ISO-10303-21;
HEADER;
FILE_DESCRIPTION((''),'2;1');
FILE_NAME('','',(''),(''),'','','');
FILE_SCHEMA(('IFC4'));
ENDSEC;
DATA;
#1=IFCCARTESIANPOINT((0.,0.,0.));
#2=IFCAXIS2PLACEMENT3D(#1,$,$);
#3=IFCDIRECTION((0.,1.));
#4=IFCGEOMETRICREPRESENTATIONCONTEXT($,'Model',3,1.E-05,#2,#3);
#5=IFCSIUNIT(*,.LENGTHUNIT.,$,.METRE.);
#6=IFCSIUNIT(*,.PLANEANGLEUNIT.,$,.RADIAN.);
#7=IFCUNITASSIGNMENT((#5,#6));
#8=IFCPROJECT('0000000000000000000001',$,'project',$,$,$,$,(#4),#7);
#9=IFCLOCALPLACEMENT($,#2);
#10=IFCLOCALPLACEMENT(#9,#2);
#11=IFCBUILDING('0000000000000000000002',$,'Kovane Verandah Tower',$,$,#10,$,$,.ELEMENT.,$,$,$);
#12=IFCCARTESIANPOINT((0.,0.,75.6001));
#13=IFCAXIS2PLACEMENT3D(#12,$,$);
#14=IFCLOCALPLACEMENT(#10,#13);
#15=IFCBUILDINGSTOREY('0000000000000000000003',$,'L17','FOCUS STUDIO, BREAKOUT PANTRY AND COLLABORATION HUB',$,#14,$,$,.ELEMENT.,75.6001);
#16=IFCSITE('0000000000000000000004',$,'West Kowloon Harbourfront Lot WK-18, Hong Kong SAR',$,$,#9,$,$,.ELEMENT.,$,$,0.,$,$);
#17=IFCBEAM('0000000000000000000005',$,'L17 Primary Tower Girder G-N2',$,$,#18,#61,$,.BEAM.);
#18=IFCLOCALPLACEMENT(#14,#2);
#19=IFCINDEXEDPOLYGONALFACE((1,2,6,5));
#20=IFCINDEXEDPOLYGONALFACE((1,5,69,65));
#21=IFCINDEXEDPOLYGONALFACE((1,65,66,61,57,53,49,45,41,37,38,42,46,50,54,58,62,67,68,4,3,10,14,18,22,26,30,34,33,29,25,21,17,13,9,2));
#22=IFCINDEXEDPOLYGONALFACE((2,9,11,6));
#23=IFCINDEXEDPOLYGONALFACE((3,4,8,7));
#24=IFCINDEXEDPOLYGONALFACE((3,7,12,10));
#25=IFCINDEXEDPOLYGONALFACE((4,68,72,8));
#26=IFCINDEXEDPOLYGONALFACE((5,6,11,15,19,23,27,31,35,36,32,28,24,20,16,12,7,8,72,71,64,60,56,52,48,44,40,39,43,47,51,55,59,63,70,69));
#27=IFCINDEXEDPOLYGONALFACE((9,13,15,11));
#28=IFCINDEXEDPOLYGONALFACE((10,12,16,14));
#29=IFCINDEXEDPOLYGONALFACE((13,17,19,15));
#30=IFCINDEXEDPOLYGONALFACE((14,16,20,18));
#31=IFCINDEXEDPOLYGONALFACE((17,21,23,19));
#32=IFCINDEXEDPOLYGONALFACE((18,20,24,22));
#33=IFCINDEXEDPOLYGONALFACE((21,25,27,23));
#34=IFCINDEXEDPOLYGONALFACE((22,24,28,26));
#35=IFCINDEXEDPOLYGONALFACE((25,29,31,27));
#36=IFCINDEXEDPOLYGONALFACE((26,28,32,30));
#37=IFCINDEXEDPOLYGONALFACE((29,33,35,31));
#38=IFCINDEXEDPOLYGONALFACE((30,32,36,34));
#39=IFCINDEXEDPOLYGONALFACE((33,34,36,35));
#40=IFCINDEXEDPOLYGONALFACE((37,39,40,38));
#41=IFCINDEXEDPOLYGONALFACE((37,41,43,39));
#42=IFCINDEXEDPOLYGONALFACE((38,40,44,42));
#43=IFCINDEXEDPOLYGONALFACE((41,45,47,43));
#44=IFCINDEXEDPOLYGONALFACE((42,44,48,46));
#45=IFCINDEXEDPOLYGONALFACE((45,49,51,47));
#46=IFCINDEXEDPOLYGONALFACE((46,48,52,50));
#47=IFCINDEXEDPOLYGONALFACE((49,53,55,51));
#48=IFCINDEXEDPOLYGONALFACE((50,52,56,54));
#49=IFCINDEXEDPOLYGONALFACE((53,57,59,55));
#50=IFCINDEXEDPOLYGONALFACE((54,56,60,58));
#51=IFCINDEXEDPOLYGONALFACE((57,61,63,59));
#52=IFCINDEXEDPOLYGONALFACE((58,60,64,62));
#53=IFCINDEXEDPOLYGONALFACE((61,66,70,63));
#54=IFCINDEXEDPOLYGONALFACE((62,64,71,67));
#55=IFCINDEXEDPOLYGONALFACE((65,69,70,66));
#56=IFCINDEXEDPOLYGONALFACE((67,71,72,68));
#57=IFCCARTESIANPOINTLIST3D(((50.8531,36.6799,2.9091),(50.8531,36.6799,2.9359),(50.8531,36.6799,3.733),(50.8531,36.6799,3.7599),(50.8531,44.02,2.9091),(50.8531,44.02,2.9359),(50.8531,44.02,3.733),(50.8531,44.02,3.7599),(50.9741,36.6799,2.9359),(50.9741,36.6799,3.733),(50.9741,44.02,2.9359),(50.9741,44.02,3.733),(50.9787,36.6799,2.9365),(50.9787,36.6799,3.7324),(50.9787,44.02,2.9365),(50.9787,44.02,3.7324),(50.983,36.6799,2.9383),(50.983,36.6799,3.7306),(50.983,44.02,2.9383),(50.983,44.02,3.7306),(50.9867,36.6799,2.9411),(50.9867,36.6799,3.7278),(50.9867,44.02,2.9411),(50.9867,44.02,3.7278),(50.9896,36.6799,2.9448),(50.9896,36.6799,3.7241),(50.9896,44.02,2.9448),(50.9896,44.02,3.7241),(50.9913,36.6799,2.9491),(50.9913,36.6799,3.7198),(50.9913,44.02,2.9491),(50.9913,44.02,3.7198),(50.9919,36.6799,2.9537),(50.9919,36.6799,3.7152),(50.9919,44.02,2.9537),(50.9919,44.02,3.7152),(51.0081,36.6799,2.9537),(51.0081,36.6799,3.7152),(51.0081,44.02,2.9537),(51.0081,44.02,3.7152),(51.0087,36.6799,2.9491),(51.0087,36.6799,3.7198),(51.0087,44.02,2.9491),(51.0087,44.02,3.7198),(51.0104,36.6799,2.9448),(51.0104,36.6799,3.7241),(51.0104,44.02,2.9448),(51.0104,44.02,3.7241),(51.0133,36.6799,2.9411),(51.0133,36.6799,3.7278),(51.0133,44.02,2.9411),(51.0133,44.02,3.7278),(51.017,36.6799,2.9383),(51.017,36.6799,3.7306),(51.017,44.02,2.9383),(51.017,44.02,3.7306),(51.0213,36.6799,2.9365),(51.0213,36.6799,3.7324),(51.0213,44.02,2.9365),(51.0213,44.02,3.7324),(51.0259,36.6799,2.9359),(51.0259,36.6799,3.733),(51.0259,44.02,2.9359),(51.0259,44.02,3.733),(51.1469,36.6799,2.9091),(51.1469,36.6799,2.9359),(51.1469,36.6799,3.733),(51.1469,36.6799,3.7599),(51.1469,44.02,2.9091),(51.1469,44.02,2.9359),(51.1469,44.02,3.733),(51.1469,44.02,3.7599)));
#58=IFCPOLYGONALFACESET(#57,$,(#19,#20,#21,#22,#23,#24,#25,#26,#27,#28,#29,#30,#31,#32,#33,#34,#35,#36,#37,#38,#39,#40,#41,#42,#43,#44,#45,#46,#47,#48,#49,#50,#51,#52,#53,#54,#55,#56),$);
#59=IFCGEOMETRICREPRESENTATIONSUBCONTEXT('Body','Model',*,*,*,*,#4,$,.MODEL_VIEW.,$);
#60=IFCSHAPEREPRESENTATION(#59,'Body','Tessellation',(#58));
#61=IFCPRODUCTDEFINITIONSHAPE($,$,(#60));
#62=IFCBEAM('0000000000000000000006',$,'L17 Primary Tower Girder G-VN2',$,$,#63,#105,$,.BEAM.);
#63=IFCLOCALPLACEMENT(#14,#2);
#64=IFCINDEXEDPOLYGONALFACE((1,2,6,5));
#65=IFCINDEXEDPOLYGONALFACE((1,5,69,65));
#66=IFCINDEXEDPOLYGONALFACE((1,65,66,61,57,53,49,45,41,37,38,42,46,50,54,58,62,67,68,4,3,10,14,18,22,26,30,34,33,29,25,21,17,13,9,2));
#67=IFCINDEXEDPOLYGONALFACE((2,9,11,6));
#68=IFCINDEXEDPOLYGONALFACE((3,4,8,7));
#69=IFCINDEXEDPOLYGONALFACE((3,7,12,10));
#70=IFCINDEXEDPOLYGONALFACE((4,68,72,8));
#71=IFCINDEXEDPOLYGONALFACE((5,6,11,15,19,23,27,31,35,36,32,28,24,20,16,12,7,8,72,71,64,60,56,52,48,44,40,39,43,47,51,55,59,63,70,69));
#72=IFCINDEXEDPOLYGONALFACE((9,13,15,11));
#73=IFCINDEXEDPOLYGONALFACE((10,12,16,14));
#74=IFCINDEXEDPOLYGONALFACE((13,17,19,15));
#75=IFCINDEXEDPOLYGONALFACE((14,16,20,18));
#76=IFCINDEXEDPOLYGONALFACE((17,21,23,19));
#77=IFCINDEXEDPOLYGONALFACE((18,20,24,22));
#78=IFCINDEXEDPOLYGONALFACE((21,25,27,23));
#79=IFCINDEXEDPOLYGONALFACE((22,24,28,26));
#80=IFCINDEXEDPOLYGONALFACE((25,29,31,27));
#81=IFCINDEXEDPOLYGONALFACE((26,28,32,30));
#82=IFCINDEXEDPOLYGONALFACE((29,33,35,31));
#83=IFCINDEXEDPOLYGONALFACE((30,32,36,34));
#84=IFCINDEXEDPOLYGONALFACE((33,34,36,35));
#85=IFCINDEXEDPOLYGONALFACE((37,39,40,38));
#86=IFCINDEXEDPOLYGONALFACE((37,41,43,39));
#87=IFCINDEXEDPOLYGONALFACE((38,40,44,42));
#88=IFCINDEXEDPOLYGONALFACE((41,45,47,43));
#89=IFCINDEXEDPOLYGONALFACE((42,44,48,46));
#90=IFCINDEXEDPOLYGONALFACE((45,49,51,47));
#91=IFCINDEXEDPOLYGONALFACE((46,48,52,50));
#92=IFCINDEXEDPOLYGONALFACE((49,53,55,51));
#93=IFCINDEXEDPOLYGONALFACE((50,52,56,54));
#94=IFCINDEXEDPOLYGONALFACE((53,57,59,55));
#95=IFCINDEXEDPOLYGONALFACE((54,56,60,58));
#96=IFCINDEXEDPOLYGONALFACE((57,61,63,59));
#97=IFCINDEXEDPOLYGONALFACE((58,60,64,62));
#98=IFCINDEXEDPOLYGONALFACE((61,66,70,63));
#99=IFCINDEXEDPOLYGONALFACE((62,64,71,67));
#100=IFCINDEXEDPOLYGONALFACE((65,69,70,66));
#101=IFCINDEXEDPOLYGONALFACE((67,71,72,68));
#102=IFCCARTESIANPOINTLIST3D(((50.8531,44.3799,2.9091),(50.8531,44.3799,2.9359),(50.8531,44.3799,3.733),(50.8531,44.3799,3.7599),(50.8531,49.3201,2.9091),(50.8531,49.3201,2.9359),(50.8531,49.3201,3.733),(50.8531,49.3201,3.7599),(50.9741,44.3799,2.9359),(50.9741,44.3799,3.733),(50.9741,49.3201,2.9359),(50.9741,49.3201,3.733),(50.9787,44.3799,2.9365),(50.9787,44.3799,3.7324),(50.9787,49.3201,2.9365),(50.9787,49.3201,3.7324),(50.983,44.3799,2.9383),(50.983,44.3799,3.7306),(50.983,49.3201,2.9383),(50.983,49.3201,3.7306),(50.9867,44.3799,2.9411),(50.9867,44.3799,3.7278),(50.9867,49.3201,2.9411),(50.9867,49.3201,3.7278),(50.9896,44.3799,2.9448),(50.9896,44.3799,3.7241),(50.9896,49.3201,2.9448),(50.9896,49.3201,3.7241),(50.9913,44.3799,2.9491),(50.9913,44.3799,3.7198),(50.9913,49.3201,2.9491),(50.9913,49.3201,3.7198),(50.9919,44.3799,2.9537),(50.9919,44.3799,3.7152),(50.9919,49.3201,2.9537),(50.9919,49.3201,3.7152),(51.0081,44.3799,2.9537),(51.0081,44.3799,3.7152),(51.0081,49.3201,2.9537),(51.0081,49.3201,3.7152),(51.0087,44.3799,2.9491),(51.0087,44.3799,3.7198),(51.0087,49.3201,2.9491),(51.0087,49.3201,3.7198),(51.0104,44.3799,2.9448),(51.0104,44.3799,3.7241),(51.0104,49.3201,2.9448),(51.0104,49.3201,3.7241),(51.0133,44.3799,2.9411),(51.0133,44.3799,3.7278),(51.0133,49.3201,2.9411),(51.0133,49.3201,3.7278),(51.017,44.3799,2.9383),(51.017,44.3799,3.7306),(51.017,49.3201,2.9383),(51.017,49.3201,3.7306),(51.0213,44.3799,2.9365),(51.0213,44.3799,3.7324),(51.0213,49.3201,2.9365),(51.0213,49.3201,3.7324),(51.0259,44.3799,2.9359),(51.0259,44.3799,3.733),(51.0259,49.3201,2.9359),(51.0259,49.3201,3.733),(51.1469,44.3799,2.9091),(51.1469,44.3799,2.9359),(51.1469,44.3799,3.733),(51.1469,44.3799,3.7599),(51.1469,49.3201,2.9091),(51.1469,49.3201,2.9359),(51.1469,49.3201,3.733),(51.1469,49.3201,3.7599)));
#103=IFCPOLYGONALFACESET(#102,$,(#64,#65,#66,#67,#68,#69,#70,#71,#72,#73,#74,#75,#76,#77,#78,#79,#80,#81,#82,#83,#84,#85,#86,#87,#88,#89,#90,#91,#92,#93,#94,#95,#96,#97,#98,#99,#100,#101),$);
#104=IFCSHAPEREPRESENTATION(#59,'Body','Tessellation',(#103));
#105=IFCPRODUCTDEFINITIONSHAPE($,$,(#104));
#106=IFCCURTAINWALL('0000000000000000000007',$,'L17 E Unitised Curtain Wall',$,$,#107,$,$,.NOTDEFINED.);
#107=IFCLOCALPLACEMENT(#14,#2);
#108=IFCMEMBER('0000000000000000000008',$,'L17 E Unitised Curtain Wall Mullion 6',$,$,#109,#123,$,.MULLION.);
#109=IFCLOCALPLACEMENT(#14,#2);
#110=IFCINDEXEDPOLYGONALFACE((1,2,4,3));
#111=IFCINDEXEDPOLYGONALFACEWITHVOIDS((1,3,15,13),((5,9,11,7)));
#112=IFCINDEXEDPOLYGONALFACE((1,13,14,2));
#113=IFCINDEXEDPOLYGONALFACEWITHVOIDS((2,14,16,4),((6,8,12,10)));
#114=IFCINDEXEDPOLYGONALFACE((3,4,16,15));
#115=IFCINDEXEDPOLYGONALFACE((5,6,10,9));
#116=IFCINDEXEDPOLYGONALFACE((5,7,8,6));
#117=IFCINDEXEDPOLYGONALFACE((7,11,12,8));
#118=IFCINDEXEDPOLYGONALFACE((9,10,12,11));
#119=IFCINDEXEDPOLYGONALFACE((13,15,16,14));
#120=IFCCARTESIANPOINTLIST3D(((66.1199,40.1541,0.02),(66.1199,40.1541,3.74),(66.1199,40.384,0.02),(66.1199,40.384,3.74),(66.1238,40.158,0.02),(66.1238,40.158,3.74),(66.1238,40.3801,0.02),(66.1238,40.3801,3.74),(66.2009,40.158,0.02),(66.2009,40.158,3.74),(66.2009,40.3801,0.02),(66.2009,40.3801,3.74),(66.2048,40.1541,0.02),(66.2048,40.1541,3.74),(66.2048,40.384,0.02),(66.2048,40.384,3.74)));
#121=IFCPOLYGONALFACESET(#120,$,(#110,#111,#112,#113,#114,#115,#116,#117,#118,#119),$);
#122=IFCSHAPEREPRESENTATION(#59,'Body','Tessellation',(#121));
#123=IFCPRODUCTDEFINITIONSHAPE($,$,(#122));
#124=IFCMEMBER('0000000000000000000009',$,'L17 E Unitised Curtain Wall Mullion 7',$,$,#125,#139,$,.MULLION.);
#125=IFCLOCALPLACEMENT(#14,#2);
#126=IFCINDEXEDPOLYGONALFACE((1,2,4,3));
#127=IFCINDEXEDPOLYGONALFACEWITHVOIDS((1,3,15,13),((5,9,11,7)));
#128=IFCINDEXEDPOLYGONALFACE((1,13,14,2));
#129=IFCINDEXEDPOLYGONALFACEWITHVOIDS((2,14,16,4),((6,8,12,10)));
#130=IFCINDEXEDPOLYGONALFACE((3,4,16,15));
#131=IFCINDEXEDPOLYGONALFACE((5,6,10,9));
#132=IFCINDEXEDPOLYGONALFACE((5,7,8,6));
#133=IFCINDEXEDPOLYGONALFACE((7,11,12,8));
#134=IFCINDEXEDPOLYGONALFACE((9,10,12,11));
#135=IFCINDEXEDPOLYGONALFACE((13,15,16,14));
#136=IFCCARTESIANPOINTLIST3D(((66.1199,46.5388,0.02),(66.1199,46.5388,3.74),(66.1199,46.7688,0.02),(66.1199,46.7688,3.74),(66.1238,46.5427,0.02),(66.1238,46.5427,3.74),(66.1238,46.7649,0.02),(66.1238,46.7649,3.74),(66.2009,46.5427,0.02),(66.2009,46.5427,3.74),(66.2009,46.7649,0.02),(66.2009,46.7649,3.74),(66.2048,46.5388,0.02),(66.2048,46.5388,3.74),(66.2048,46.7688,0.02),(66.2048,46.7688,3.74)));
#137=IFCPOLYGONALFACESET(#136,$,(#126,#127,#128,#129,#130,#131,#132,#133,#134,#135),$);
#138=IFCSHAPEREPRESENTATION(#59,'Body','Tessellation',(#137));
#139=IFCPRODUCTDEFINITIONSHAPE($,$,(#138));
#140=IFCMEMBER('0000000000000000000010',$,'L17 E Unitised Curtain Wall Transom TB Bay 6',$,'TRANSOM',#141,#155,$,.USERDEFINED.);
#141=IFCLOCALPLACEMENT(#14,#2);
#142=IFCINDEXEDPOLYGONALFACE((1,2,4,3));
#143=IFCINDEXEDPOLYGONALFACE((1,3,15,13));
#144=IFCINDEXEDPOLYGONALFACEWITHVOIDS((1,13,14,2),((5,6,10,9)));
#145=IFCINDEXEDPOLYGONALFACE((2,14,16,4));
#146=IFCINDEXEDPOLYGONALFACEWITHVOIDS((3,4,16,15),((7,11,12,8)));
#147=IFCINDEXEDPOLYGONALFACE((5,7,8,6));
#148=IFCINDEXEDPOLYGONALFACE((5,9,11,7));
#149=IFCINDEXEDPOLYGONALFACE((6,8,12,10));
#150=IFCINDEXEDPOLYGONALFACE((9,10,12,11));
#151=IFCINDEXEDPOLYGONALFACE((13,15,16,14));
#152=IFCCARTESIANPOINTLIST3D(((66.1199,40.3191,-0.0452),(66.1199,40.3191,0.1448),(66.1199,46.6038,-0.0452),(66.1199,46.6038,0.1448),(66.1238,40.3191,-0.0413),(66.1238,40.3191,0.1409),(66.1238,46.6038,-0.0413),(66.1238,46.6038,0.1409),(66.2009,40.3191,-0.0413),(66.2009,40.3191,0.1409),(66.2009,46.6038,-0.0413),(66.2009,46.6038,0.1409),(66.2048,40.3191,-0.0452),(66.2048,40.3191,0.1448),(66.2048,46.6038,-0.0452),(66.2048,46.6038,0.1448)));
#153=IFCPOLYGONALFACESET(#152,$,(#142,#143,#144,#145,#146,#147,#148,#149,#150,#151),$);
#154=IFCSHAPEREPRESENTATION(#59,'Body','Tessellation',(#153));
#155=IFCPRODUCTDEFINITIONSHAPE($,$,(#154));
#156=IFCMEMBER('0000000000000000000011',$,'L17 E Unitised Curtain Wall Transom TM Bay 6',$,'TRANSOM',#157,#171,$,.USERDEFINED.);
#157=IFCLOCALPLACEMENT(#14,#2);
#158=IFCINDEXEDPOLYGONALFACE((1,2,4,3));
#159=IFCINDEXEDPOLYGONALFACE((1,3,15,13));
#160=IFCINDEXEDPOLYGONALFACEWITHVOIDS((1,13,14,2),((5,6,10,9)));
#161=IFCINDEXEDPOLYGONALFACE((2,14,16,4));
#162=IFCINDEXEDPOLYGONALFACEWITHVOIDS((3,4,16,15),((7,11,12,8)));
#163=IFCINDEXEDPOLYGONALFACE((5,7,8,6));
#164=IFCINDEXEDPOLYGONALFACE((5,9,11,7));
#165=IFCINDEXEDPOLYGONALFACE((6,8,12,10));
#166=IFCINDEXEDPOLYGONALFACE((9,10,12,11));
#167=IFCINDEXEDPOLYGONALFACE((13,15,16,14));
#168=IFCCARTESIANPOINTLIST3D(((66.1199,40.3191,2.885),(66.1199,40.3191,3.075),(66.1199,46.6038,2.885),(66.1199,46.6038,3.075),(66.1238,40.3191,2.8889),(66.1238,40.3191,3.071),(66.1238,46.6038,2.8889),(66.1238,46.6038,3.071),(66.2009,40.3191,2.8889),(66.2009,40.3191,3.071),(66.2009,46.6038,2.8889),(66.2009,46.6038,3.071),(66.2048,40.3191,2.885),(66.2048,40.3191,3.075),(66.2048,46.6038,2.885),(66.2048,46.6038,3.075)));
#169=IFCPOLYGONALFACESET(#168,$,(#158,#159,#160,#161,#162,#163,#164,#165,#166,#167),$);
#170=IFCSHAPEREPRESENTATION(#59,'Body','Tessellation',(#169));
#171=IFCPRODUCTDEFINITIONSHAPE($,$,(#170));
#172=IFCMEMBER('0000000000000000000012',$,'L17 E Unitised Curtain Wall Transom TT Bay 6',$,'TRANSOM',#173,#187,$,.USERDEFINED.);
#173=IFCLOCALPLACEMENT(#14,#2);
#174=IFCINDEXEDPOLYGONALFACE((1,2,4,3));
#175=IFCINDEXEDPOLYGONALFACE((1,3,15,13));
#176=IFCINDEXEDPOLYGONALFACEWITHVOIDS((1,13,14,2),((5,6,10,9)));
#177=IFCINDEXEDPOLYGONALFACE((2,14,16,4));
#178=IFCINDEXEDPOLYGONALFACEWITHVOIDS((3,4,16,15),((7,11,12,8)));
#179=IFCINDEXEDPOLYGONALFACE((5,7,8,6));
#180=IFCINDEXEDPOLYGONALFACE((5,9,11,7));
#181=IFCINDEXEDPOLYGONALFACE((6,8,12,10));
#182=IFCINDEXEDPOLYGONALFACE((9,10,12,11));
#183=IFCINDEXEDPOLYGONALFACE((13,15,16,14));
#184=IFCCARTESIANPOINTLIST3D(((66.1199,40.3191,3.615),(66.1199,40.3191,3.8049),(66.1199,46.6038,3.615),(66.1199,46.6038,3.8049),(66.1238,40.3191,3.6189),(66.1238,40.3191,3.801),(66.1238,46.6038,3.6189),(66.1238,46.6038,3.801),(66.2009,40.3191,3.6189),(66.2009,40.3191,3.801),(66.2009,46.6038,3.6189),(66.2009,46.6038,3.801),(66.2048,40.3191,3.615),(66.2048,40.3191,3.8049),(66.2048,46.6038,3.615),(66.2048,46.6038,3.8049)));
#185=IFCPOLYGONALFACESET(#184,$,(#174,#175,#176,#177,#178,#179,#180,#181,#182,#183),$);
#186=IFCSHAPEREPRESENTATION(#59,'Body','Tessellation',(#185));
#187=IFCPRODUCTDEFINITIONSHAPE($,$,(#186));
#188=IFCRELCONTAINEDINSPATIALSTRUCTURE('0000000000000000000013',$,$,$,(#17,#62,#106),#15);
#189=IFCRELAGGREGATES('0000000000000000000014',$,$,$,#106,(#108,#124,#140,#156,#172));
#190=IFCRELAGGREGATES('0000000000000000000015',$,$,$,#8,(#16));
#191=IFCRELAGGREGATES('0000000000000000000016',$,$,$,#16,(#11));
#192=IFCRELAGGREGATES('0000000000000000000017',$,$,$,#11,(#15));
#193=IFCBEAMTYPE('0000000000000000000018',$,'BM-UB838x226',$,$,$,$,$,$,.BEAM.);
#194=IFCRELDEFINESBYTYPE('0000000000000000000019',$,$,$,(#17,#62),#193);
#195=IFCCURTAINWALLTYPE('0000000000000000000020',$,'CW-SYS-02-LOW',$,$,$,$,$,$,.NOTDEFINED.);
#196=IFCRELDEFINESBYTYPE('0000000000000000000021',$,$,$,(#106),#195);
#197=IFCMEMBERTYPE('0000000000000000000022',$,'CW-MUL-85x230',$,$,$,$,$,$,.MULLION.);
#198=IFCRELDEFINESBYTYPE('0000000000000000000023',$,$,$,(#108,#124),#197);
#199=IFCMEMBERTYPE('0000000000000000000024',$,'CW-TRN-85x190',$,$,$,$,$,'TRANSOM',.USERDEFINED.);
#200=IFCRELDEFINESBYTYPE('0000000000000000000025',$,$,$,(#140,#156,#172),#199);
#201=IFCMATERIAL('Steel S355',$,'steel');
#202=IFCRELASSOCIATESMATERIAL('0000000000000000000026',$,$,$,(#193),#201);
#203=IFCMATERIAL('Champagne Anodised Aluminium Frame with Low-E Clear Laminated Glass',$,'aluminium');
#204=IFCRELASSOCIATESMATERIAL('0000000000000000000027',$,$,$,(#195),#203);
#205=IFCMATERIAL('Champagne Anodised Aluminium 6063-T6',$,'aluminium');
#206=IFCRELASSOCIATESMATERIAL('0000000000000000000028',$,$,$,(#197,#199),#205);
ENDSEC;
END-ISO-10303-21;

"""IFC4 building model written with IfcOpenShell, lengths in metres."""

from ifc_helpers import new_model, si_unit, direction, frame, origin, origin_2d, place, context, subcontext, project, spatial, hollow_rectangle, i_section, extrude, material, material_profile, profile_set, type_object, element, aggregate, save


model = new_model("IFC4")

# Units and contexts
model_context = context("Model", 3, precision=1e-05, world=origin(), true_north=direction((0.0, 1.0)))
body_context = subcontext(model_context, "Body", "Model", "MODEL_VIEW")
ifc_project = project(units=[si_unit("LENGTHUNIT", "METRE"), si_unit("PLANEANGLEUNIT", "RADIAN")], contexts=[model_context])

# Site, building, storey
site_placement = place(None, origin())
site = spatial("IfcSite", under=ifc_project, at=site_placement, Name="West Kowloon Harbourfront Lot WK-18, Hong Kong SAR", CompositionType="ELEMENT", RefElevation=0.0)
building_placement = place(site_placement, origin())
building = spatial("IfcBuilding", under=site, at=building_placement, Name="Kovane Verandah Tower", CompositionType="ELEMENT")
storey_placement = place(building_placement, frame((0.0, 0.0, 75.6001)))
storey = spatial("IfcBuildingStorey", under=building, at=storey_placement, Name="L17", Description="FOCUS STUDIO, BREAKOUT PANTRY AND COLLABORATION HUB", CompositionType="ELEMENT", Elevation=75.6001)

# Beams
ifc_material_1 = material(Name="Steel S355", Category="steel")
ifc_material_profile_1 = material_profile(ifc_material_1, i_section(OverallWidth=0.2937, OverallDepth=0.8508, WebThickness=0.0161, FlangeThickness=0.0269, FilletRadius=0.0178, at=origin_2d()), Name="UB838x292x226")
ifc_profile_set_1 = profile_set([ifc_material_profile_1], Name="Steel S355")
beam_type_1 = type_object("IfcBeamType", Name="BM-UB838x226", PredefinedType="BEAM", material=ifc_profile_set_1)
for number, where, z_axis, x_axis, name in (
    (1, (51.0, 36.6799, 3.3345), (0.0, 1.0, 0.0), (-1.0, 0.0, 0.0), "L17 Primary Tower Girder G-N2"),
):
    element("IfcBeam", number, at=place(storey_placement, frame(where, z_axis=z_axis, x_axis=x_axis)), inside=storey, type_object=beam_type_1, Name=name, PredefinedType="BEAM", context=body_context, shape_type="SweptSolid", body=[
        extrude(i_section(OverallWidth=0.2937, OverallDepth=0.8508, WebThickness=0.0161, FlangeThickness=0.0269, FilletRadius=0.0178, at=origin_2d()), origin(), (0.0, 0.0, 1.0), 7.3401),
    ])
beam_1_placement = place(storey_placement, frame((51.0, 44.3799, 3.3345), z_axis=(0.0, 1.0, 0.0), x_axis=(-1.0, 0.0, 0.0)))
element("IfcBeam", 2, at=beam_1_placement, inside=storey, type_object=beam_type_1, Name="L17 Primary Tower Girder G-VN2", PredefinedType="BEAM", context=body_context, shape_type="SweptSolid", body=[
    extrude(i_section(OverallWidth=0.2937, OverallDepth=0.8508, WebThickness=0.0161, FlangeThickness=0.0269, FilletRadius=0.0178, at=origin_2d()), origin(), (0.0, 0.0, 1.0), 4.9402),
])

# Curtain wall, members
ifc_material_2 = material(Name="Champagne Anodised Aluminium Frame with Low-E Clear Laminated Glass", Category="aluminium")
curtain_wall_type = type_object("IfcCurtainWallType", Name="CW-SYS-02-LOW", PredefinedType="NOTDEFINED", material=ifc_material_2)
curtain_wall_placement = place(storey_placement, origin())
curtain_wall = element("IfcCurtainWall", 3, at=curtain_wall_placement, inside=storey, type_object=curtain_wall_type, Name="L17 E Unitised Curtain Wall", PredefinedType="NOTDEFINED")
ifc_material_3 = material(Name="Champagne Anodised Aluminium 6063-T6", Category="aluminium")
ifc_material_profile_2 = material_profile(ifc_material_3, hollow_rectangle(XDim=0.085, YDim=0.23, WallThickness=0.0039, at=origin_2d()), Name="AL85x230x4")
ifc_profile_set_2 = profile_set([ifc_material_profile_2], Name="Champagne Anodised Aluminium 6063-T6")
member_type_1 = type_object("IfcMemberType", Name="CW-MUL-85x230", PredefinedType="MULLION", material=ifc_profile_set_2)
member_1_placement = place(storey_placement, frame((66.1624, 40.269, 0.02), z_axis=(0.0, 0.0, 1.0), x_axis=(1.0, 0.0, 0.0)))
member_1 = element("IfcMember", 4, at=member_1_placement, type_object=member_type_1, Name="L17 E Unitised Curtain Wall Mullion 6", PredefinedType="MULLION", context=body_context, shape_type="SweptSolid", body=[
    extrude(hollow_rectangle(XDim=0.085, YDim=0.23, WallThickness=0.0039, at=origin_2d()), origin(), (0.0, 0.0, 1.0), 3.72),
])
member_2_placement = place(storey_placement, frame((66.1624, 46.6538, 0.02), z_axis=(0.0, 0.0, 1.0), x_axis=(1.0, 0.0, 0.0)))
member_2 = element("IfcMember", 5, at=member_2_placement, type_object=member_type_1, Name="L17 E Unitised Curtain Wall Mullion 7", PredefinedType="MULLION", context=body_context, shape_type="SweptSolid", body=[
    extrude(hollow_rectangle(XDim=0.085, YDim=0.23, WallThickness=0.0039, at=origin_2d()), origin(), (0.0, 0.0, 1.0), 3.72),
])
ifc_material_profile_3 = material_profile(ifc_material_3, hollow_rectangle(XDim=0.085, YDim=0.1899, WallThickness=0.0039, at=origin_2d()), Name="AL85x190x4")
ifc_profile_set_3 = profile_set([ifc_material_profile_3], Name="Champagne Anodised Aluminium 6063-T6")
member_type_2 = type_object("IfcMemberType", Name="CW-TRN-85x190", ElementType="TRANSOM", PredefinedType="USERDEFINED", material=ifc_profile_set_3)
member_3_placement = place(storey_placement, frame((66.1624, 40.3191, 0.0498), z_axis=(0.0, 1.0, 0.0), x_axis=(-1.0, 0.0, 0.0)))
member_3 = element("IfcMember", 6, at=member_3_placement, type_object=member_type_2, Name="L17 E Unitised Curtain Wall Transom TB Bay 6", ObjectType="TRANSOM", PredefinedType="USERDEFINED", context=body_context, shape_type="SweptSolid", body=[
    extrude(hollow_rectangle(XDim=0.085, YDim=0.1899, WallThickness=0.0039, at=origin_2d()), origin(), (0.0, 0.0, 1.0), 6.2847),
])
member_4_placement = place(storey_placement, frame((66.1624, 40.3191, 2.98), z_axis=(0.0, 1.0, 0.0), x_axis=(-1.0, 0.0, 0.0)))
member_4 = element("IfcMember", 7, at=member_4_placement, type_object=member_type_2, Name="L17 E Unitised Curtain Wall Transom TM Bay 6", ObjectType="TRANSOM", PredefinedType="USERDEFINED", context=body_context, shape_type="SweptSolid", body=[
    extrude(hollow_rectangle(XDim=0.085, YDim=0.1899, WallThickness=0.0039, at=origin_2d()), origin(), (0.0, 0.0, 1.0), 6.2847),
])
member_5_placement = place(storey_placement, frame((66.1624, 40.3191, 3.71), z_axis=(0.0, 1.0, 0.0), x_axis=(-1.0, 0.0, 0.0)))
member_5 = element("IfcMember", 8, at=member_5_placement, type_object=member_type_2, Name="L17 E Unitised Curtain Wall Transom TT Bay 6", ObjectType="TRANSOM", PredefinedType="USERDEFINED", context=body_context, shape_type="SweptSolid", body=[
    extrude(hollow_rectangle(XDim=0.085, YDim=0.1899, WallThickness=0.0039, at=origin_2d()), origin(), (0.0, 0.0, 1.0), 6.2847),
])

aggregate(curtain_wall, [member_1, member_2, member_3, member_4, member_5])

save(model, "model.ifc")
